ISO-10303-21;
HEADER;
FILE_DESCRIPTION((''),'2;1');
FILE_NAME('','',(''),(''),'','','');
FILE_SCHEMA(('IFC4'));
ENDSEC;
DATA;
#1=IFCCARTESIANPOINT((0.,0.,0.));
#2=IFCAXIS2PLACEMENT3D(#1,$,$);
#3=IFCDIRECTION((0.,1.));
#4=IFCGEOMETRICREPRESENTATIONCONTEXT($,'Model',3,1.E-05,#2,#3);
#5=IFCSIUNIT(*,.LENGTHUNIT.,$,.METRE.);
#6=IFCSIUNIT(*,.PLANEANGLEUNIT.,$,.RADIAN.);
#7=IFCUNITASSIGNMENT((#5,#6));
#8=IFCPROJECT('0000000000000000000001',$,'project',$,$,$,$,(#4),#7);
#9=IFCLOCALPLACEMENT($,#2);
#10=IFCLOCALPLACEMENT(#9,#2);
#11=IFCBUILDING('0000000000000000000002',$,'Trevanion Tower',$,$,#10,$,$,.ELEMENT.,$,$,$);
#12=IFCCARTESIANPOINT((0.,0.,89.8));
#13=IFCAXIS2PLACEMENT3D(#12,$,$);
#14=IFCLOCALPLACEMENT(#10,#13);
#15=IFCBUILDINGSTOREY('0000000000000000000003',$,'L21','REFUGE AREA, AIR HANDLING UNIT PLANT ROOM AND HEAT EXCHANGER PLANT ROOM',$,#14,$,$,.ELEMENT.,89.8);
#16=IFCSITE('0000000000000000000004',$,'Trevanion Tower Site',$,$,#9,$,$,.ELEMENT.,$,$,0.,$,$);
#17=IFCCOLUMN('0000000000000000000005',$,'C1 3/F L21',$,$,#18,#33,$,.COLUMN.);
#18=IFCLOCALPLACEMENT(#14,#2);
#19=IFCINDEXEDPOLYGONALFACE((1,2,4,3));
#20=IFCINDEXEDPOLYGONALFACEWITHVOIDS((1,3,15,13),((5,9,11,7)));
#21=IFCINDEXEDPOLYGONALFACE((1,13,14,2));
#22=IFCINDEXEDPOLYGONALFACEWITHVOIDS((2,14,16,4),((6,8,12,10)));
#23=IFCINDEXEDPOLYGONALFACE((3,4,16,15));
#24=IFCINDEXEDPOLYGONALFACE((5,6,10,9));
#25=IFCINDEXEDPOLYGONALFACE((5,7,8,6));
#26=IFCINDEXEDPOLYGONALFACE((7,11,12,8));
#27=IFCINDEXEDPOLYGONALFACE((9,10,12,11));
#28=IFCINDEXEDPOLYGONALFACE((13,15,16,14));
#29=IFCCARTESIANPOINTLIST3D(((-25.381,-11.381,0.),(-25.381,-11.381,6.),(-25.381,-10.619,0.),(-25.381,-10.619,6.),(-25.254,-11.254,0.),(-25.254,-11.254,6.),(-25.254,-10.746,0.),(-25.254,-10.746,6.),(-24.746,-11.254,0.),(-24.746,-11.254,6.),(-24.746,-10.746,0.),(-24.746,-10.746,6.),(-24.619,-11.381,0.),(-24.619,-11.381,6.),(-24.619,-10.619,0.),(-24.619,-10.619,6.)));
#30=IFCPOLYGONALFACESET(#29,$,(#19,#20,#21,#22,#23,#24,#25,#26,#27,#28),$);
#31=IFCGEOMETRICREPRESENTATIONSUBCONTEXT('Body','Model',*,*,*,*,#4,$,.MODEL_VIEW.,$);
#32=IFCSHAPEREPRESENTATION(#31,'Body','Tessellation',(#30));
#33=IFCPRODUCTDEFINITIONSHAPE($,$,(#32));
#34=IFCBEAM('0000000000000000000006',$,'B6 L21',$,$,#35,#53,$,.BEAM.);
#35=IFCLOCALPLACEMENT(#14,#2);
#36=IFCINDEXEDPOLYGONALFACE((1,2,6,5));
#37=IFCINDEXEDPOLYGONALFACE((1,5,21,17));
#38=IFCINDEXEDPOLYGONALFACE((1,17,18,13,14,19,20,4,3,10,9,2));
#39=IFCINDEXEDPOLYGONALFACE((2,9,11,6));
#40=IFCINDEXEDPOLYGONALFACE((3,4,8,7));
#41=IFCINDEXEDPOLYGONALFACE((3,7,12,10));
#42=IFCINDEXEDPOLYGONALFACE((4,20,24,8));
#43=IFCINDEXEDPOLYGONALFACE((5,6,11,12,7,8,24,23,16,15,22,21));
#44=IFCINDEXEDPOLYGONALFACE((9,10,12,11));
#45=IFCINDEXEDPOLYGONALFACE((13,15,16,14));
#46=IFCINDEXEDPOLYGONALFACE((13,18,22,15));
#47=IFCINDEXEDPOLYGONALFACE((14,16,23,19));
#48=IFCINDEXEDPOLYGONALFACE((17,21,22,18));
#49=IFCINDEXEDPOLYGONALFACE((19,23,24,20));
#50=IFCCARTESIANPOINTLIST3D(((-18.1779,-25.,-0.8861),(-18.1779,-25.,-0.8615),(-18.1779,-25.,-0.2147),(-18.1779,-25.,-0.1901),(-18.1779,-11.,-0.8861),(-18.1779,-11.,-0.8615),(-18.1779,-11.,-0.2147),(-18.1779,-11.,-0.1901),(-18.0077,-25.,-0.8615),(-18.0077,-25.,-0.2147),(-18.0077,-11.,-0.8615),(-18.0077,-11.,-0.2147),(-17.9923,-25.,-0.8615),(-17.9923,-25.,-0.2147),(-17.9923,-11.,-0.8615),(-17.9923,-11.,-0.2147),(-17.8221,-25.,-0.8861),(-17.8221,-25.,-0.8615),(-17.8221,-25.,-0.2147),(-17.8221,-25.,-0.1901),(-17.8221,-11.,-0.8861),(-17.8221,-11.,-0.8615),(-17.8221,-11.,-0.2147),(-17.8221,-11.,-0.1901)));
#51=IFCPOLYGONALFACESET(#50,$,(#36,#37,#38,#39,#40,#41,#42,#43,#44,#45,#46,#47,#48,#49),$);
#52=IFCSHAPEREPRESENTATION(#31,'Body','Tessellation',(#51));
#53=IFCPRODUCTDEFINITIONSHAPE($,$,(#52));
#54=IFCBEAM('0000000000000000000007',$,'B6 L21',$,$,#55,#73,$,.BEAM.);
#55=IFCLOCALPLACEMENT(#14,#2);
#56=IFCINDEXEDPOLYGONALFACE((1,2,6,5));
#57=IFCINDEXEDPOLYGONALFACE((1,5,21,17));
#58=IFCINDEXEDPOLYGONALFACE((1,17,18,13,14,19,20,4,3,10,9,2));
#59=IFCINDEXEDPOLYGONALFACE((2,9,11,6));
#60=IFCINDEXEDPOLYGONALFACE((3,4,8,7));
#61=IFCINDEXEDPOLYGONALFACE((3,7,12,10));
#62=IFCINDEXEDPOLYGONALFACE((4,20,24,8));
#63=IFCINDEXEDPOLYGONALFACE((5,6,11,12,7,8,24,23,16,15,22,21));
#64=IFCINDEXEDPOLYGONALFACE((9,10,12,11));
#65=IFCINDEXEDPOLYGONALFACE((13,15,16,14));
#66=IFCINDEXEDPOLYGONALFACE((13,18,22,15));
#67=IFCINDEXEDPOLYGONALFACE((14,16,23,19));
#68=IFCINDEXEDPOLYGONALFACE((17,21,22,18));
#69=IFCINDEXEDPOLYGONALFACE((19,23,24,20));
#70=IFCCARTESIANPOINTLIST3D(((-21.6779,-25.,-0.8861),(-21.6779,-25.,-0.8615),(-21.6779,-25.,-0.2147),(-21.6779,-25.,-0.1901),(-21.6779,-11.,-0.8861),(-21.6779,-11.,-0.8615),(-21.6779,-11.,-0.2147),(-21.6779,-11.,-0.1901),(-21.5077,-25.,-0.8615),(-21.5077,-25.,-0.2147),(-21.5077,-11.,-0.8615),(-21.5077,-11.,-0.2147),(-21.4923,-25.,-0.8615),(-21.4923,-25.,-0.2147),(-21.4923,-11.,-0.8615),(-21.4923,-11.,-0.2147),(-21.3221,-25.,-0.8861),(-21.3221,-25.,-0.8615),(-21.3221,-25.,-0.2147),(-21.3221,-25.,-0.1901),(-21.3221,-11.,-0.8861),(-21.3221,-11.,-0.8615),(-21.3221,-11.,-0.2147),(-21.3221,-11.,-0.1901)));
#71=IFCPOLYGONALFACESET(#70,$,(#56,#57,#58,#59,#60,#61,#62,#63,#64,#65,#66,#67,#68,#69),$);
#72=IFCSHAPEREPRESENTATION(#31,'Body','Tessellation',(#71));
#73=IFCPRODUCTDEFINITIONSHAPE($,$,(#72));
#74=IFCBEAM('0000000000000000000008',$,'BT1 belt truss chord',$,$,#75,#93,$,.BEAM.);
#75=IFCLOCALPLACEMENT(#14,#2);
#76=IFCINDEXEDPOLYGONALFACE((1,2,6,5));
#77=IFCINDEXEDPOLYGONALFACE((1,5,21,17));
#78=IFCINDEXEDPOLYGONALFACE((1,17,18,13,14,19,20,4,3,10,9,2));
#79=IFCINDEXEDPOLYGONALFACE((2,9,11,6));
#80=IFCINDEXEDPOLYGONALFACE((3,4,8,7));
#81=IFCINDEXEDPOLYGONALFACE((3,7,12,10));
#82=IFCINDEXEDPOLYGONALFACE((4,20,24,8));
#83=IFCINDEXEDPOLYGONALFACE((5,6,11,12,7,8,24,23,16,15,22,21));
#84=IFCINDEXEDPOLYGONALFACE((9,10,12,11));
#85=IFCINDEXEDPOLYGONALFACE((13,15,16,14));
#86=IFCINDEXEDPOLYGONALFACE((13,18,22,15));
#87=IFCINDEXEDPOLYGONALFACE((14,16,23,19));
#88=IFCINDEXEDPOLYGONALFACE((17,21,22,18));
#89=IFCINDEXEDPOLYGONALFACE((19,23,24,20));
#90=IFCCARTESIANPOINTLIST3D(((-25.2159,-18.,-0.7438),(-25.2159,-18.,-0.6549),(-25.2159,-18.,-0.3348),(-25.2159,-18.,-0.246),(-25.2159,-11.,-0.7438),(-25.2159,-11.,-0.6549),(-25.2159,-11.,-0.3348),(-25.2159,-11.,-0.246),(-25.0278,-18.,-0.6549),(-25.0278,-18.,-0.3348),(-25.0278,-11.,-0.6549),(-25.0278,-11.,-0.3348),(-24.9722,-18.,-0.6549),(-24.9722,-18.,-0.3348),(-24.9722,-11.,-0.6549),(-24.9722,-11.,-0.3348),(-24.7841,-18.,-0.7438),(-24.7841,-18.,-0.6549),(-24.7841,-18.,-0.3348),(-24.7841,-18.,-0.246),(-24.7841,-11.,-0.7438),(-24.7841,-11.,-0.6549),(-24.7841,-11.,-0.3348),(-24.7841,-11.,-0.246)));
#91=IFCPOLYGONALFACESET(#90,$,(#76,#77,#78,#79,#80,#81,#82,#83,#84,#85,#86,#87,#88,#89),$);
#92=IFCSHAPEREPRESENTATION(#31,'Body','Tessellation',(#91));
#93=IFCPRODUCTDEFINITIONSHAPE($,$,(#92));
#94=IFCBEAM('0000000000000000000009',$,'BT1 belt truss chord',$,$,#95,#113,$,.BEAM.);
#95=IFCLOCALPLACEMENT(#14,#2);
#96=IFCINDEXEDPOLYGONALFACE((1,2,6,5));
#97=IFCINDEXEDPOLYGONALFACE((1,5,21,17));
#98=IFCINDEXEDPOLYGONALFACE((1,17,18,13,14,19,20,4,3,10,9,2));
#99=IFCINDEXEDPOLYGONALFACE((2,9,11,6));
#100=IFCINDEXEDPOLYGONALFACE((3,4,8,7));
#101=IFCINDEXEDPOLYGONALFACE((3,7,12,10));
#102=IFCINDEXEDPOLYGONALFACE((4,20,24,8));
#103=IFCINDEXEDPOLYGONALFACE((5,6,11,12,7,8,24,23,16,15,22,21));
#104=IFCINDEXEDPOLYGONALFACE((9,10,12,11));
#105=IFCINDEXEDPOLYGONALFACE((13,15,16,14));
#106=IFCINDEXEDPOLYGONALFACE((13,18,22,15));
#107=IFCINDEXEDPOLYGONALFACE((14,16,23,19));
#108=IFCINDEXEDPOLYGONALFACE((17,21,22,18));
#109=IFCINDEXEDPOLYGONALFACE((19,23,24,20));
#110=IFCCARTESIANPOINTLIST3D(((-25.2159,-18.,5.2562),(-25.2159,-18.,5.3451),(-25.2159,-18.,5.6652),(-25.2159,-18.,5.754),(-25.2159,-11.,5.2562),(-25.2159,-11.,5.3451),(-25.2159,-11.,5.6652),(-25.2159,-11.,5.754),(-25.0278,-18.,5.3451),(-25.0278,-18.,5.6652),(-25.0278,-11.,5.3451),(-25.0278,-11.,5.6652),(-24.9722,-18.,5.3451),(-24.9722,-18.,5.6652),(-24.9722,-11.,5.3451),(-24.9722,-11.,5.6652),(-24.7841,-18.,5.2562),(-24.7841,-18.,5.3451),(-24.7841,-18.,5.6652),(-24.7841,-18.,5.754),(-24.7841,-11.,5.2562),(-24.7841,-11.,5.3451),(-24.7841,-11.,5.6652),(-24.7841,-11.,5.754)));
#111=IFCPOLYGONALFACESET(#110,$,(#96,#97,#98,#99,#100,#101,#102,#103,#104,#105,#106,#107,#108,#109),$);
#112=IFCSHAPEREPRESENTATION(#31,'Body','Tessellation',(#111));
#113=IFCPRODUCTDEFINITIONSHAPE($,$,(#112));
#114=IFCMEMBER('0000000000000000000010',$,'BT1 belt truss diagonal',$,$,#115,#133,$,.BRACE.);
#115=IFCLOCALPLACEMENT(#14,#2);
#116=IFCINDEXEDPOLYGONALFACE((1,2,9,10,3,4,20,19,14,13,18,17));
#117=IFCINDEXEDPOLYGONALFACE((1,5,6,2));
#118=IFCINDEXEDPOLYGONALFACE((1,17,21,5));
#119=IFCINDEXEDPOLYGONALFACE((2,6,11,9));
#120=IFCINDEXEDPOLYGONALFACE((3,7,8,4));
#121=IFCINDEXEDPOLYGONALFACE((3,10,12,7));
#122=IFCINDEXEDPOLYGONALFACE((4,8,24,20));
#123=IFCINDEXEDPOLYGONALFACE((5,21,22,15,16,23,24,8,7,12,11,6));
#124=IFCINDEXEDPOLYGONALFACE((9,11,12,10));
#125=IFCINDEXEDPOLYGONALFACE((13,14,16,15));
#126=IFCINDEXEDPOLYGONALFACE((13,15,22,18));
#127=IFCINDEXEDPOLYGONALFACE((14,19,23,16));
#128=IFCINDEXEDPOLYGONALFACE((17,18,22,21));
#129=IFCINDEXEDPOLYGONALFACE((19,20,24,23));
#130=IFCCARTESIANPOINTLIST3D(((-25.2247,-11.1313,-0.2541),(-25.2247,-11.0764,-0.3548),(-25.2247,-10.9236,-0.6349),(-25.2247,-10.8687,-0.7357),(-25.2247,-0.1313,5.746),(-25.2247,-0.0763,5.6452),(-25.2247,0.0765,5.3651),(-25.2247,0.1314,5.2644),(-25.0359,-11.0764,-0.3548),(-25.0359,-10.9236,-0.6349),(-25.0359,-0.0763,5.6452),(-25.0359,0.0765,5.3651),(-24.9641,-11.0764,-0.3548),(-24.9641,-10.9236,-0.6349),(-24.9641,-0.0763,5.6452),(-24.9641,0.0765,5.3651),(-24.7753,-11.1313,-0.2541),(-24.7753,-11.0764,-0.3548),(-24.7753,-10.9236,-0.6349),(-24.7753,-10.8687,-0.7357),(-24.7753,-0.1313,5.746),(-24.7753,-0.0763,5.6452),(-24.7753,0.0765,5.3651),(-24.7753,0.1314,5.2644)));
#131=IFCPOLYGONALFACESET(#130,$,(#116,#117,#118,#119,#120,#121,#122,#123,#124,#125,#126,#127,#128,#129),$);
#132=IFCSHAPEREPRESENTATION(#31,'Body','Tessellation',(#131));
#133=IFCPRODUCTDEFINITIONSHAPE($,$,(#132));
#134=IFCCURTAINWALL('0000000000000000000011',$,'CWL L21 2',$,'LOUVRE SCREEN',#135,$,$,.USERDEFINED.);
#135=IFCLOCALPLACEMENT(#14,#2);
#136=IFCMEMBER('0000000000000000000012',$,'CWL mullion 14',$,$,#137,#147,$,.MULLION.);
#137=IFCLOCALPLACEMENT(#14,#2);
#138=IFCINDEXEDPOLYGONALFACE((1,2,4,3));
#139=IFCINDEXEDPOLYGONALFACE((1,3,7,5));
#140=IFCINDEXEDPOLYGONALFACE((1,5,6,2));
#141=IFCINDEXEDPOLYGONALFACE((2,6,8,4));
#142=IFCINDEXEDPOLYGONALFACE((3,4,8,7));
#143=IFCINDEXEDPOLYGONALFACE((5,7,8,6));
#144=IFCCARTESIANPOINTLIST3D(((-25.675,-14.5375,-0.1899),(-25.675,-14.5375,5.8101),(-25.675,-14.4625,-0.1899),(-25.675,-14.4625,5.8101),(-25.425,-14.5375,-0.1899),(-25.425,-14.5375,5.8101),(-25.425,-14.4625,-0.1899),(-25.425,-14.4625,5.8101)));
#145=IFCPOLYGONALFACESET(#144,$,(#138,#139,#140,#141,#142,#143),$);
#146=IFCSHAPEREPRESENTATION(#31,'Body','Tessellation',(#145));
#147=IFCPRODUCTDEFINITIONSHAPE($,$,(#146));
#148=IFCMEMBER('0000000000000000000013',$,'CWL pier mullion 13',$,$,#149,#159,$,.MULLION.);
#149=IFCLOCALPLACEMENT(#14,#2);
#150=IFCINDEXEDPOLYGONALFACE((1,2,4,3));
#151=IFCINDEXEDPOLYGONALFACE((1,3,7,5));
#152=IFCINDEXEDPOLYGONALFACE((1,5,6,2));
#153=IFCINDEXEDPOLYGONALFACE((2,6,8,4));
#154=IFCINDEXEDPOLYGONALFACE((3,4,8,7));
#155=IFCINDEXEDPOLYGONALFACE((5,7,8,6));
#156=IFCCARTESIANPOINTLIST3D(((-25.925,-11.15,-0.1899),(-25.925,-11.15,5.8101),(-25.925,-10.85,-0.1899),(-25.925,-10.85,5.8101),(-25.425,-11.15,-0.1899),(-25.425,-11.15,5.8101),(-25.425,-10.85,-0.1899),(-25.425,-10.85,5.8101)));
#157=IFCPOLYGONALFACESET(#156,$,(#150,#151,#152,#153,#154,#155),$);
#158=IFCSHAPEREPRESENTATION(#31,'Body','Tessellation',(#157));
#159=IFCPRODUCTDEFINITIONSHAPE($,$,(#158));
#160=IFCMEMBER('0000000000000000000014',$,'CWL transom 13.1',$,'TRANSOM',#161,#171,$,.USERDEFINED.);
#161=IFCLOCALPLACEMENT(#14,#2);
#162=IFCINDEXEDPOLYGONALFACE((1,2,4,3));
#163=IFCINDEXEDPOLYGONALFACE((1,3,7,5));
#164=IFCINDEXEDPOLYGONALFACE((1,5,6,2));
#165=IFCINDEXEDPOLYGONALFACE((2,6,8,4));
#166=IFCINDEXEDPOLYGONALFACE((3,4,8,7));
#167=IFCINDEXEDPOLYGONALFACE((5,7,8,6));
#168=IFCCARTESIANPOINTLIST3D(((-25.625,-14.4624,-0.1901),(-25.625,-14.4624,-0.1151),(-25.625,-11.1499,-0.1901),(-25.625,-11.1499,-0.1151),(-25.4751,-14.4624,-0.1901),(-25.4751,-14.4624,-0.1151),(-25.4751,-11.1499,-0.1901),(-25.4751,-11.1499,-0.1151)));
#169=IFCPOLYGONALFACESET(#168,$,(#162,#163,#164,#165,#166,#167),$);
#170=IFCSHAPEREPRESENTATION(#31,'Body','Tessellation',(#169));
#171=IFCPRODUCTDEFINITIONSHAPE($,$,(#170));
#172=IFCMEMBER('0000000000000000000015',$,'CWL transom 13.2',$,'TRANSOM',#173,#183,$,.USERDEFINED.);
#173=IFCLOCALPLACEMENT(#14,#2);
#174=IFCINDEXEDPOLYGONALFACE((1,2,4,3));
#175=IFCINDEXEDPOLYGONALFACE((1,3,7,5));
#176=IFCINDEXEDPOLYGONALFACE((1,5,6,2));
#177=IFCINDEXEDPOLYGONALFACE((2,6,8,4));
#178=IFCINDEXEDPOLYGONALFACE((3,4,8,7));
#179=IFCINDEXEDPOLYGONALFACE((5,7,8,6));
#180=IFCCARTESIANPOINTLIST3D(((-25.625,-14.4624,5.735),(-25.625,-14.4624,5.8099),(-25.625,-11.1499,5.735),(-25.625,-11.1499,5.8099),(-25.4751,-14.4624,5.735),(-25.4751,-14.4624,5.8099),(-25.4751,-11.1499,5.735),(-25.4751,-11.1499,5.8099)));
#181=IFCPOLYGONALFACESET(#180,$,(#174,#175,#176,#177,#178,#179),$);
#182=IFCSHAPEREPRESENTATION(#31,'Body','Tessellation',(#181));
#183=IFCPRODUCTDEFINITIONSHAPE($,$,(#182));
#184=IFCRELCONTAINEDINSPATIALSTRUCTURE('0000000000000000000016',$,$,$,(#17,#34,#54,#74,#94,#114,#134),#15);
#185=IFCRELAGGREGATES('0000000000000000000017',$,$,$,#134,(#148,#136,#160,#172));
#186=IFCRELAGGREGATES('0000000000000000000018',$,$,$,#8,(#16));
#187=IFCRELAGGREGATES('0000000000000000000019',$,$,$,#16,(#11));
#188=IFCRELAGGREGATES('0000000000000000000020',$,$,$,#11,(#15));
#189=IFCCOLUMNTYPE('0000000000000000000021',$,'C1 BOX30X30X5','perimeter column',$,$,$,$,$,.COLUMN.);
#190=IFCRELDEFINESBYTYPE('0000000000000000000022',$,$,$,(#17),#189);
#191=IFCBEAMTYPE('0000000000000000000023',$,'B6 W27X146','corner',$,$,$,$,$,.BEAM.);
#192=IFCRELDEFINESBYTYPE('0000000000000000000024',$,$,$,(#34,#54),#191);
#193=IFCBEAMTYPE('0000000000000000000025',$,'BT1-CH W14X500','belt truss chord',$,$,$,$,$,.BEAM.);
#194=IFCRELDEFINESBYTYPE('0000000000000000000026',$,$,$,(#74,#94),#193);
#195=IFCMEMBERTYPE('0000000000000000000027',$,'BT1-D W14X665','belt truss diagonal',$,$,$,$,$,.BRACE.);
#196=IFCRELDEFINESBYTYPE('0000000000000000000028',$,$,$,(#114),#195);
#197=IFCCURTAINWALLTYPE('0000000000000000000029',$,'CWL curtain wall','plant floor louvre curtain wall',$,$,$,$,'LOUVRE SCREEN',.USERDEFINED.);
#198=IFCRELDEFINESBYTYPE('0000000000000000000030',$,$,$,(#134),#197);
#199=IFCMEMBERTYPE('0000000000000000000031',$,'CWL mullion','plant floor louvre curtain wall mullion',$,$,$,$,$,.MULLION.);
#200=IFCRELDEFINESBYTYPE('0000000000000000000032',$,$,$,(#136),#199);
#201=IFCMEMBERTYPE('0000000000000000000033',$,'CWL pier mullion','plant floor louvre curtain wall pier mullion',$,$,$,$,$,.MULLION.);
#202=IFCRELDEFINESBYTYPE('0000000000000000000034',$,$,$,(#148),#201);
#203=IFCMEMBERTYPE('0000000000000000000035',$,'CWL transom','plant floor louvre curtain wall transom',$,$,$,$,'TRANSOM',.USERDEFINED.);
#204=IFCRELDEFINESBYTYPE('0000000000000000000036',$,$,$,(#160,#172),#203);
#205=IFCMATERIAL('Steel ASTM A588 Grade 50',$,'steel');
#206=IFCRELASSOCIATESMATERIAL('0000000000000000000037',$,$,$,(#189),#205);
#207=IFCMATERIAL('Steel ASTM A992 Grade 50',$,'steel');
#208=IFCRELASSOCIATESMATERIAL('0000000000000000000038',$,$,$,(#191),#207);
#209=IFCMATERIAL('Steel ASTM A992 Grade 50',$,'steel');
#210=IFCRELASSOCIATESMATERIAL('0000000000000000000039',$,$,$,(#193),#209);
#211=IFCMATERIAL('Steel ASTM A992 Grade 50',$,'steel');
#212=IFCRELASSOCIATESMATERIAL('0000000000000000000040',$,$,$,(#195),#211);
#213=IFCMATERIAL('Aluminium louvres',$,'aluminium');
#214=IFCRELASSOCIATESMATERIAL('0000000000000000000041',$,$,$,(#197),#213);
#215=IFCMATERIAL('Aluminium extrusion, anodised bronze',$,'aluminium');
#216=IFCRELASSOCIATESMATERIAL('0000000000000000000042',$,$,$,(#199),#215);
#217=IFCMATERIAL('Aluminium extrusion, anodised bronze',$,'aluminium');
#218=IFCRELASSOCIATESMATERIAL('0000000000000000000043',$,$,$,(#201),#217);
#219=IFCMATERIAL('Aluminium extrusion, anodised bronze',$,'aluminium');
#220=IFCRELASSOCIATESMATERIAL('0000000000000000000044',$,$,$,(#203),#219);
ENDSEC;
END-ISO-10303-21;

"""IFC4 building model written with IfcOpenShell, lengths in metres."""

from ifc_helpers import new_model, si_unit, direction, frame, origin, origin_2d, place, context, subcontext, project, spatial, rectangle, hollow_rectangle, i_section, extrude, material, material_profile, profile_set, type_object, element, aggregate, save


model = new_model("IFC4")

# Units and contexts
model_context = context("Model", 3, precision=1e-05, world=origin(), true_north=direction((0.0, 1.0)))
body_context = subcontext(model_context, "Body", "Model", "MODEL_VIEW")
ifc_project = project(units=[si_unit("LENGTHUNIT", "METRE"), si_unit("PLANEANGLEUNIT", "RADIAN")], contexts=[model_context])

# Site, building, storey
site_placement = place(None, origin())
site = spatial("IfcSite", under=ifc_project, at=site_placement, Name="Trevanion Tower Site", CompositionType="ELEMENT", RefElevation=0.0)
building_placement = place(site_placement, origin())
building = spatial("IfcBuilding", under=site, at=building_placement, Name="Trevanion Tower", CompositionType="ELEMENT")
storey_placement = place(building_placement, frame((0.0, 0.0, 89.8)))
storey = spatial("IfcBuildingStorey", under=building, at=storey_placement, Name="L21", Description="REFUGE AREA, AIR HANDLING UNIT PLANT ROOM AND HEAT EXCHANGER PLANT ROOM", CompositionType="ELEMENT", Elevation=89.8)

# Column
ifc_material_1 = material(Name="Steel ASTM A588 Grade 50", Category="steel")
ifc_material_profile_1 = material_profile(ifc_material_1, hollow_rectangle(XDim=0.762, YDim=0.762, WallThickness=0.127, at=origin_2d()), Name="BOX30X30X5")
ifc_profile_set_1 = profile_set([ifc_material_profile_1], Name="Steel ASTM A588 Grade 50")
column_type = type_object("IfcColumnType", Name="C1 BOX30X30X5", Description="perimeter column", PredefinedType="COLUMN", material=ifc_profile_set_1)
column_placement = place(storey_placement, frame((-25.0, -11.0, 0.0), z_axis=(0.0, 0.0, 1.0), x_axis=(0.0, 1.0, 0.0)))
element("IfcColumn", 1, at=column_placement, inside=storey, type_object=column_type, Name="C1 3/F L21", PredefinedType="COLUMN", context=body_context, shape_type="SweptSolid", body=[
    extrude(hollow_rectangle(XDim=0.762, YDim=0.762, WallThickness=0.127, at=origin_2d()), origin(), (0.0, 0.0, 1.0), 6.0),
])

# Beams
ifc_material_2 = material(Name="Steel ASTM A992 Grade 50", Category="steel")
ifc_material_profile_2 = material_profile(ifc_material_2, i_section(OverallWidth=0.3557, OverallDepth=0.696, WebThickness=0.0154, FlangeThickness=0.0247, at=origin_2d()), Name="W27X146")
ifc_profile_set_2 = profile_set([ifc_material_profile_2], Name="Steel ASTM A992 Grade 50")
beam_type_1 = type_object("IfcBeamType", Name="B6 W27X146", Description="corner", PredefinedType="BEAM", material=ifc_profile_set_2)
for number, where, z_axis, x_axis, name in (
    (2, (-18.0, -11.0, -0.5381), (0.0, -1.0, 0.0), (1.0, 0.0, 0.0), "B6 L21"),
    (3, (-21.5, -11.0, -0.5381), (0.0, -1.0, 0.0), (1.0, 0.0, 0.0), "B6 L21"),
):
    element("IfcBeam", number, at=place(storey_placement, frame(where, z_axis=z_axis, x_axis=x_axis)), inside=storey, type_object=beam_type_1, Name=name, PredefinedType="BEAM", context=body_context, shape_type="SweptSolid", body=[
        extrude(i_section(OverallWidth=0.3557, OverallDepth=0.696, WebThickness=0.0154, FlangeThickness=0.0247, at=origin_2d()), origin(), (0.0, 0.0, 1.0), 14.0),
    ])
ifc_material_3 = material(Name="Steel ASTM A992 Grade 50", Category="steel")
ifc_material_profile_3 = material_profile(ifc_material_3, i_section(OverallWidth=0.4319, OverallDepth=0.4978, WebThickness=0.0557, FlangeThickness=0.0889, at=origin_2d()), Name="W14X500")
ifc_profile_set_3 = profile_set([ifc_material_profile_3], Name="Steel ASTM A992 Grade 50")
beam_type_2 = type_object("IfcBeamType", Name="BT1-CH W14X500", Description="belt truss chord", PredefinedType="BEAM", material=ifc_profile_set_3)
for number, where, z_axis, x_axis, name in (
    (4, (-25.0, -11.0, -0.4949), (0.0, -1.0, 0.0), (1.0, 0.0, 0.0), "BT1 belt truss chord"),
    (5, (-25.0, -11.0, 5.5051), (0.0, -1.0, 0.0), (1.0, 0.0, 0.0), "BT1 belt truss chord"),
):
    element("IfcBeam", number, at=place(storey_placement, frame(where, z_axis=z_axis, x_axis=x_axis)), inside=storey, type_object=beam_type_2, Name=name, PredefinedType="BEAM", context=body_context, shape_type="SweptSolid", body=[
        extrude(i_section(OverallWidth=0.4319, OverallDepth=0.4978, WebThickness=0.0557, FlangeThickness=0.0889, at=origin_2d()), origin(), (0.0, 0.0, 1.0), 7.0),
    ])

# Member
ifc_material_4 = material(Name="Steel ASTM A992 Grade 50", Category="steel")
ifc_material_profile_4 = material_profile(ifc_material_4, i_section(OverallWidth=0.4495, OverallDepth=0.5486, WebThickness=0.0718, FlangeThickness=0.1147, at=origin_2d()), Name="W14X665")
ifc_profile_set_4 = profile_set([ifc_material_profile_4], Name="Steel ASTM A992 Grade 50")
member_type_1 = type_object("IfcMemberType", Name="BT1-D W14X665", Description="belt truss diagonal", PredefinedType="BRACE", material=ifc_profile_set_4)
member_1_placement = place(storey_placement, frame((-25.0, -11.0, -0.4949), z_axis=(0.0, 0.877896, 0.478852), x_axis=(-1.0, 0.0, 0.0)))
element("IfcMember", 6, at=member_1_placement, inside=storey, type_object=member_type_1, Name="BT1 belt truss diagonal", PredefinedType="BRACE", context=body_context, shape_type="SweptSolid", body=[
    extrude(i_section(OverallWidth=0.4495, OverallDepth=0.5486, WebThickness=0.0718, FlangeThickness=0.1147, at=origin_2d()), origin(), (0.0, 0.0, 1.0), 12.53),
])

# Curtain wall, members
ifc_material_5 = material(Name="Aluminium louvres", Category="aluminium")
curtain_wall_type = type_object("IfcCurtainWallType", Name="CWL curtain wall", Description="plant floor louvre curtain wall", ElementType="LOUVRE SCREEN", PredefinedType="USERDEFINED", material=ifc_material_5)
curtain_wall_placement = place(storey_placement, origin())
curtain_wall = element("IfcCurtainWall", 7, at=curtain_wall_placement, inside=storey, type_object=curtain_wall_type, Name="CWL L21 2", ObjectType="LOUVRE SCREEN", PredefinedType="USERDEFINED")
ifc_material_6 = material(Name="Aluminium extrusion, anodised bronze", Category="aluminium")
ifc_material_profile_5 = material_profile(ifc_material_6, rectangle(XDim=0.075, YDim=0.25, at=origin_2d()), Name="CWL mullion")
ifc_profile_set_5 = profile_set([ifc_material_profile_5], Name="Aluminium extrusion, anodised bronze")
member_type_2 = type_object("IfcMemberType", Name="CWL mullion", Description="plant floor louvre curtain wall mullion", PredefinedType="MULLION", material=ifc_profile_set_5)
member_2_placement = place(storey_placement, frame((-25.55, -14.5, -0.1899), z_axis=(0.0, 0.0, 1.0), x_axis=(0.0, -1.0, 0.0)))
member_2 = element("IfcMember", 8, at=member_2_placement, type_object=member_type_2, Name="CWL mullion 14", PredefinedType="MULLION", context=body_context, shape_type="SweptSolid", body=[
    extrude(rectangle(XDim=0.075, YDim=0.25, at=origin_2d()), origin(), (0.0, 0.0, 1.0), 6.0),
])
ifc_material_7 = material(Name="Aluminium extrusion, anodised bronze", Category="aluminium")
ifc_material_profile_6 = material_profile(ifc_material_7, rectangle(XDim=0.3, YDim=0.5, at=origin_2d()), Name="CWL pier mullion")
ifc_profile_set_6 = profile_set([ifc_material_profile_6], Name="Aluminium extrusion, anodised bronze")
member_type_3 = type_object("IfcMemberType", Name="CWL pier mullion", Description="plant floor louvre curtain wall pier mullion", PredefinedType="MULLION", material=ifc_profile_set_6)
member_3_placement = place(storey_placement, frame((-25.675, -11.0, -0.1899), z_axis=(0.0, 0.0, 1.0), x_axis=(0.0, -1.0, 0.0)))
member_3 = element("IfcMember", 9, at=member_3_placement, type_object=member_type_3, Name="CWL pier mullion 13", PredefinedType="MULLION", context=body_context, shape_type="SweptSolid", body=[
    extrude(rectangle(XDim=0.3, YDim=0.5, at=origin_2d()), origin(), (0.0, 0.0, 1.0), 6.0),
])
ifc_material_8 = material(Name="Aluminium extrusion, anodised bronze", Category="aluminium")
ifc_material_profile_7 = material_profile(ifc_material_8, rectangle(XDim=0.1499, YDim=0.075, at=origin_2d()), Name="CWL transom")
ifc_profile_set_7 = profile_set([ifc_material_profile_7], Name="Aluminium extrusion, anodised bronze")
member_type_4 = type_object("IfcMemberType", Name="CWL transom", Description="plant floor louvre curtain wall transom", ElementType="TRANSOM", PredefinedType="USERDEFINED", material=ifc_profile_set_7)
member_4_placement = place(storey_placement, frame((-25.55, -11.1499, -0.1526), z_axis=(0.0, -1.0, 0.0), x_axis=(1.0, 0.0, 0.0)))
member_4 = element("IfcMember", 10, at=member_4_placement, type_object=member_type_4, Name="CWL transom 13.1", ObjectType="TRANSOM", PredefinedType="USERDEFINED", context=body_context, shape_type="SweptSolid", body=[
    extrude(rectangle(XDim=0.1499, YDim=0.075, at=origin_2d()), origin(), (0.0, 0.0, 1.0), 3.3125),
])
member_5_placement = place(storey_placement, frame((-25.55, -11.1499, 5.7725), z_axis=(0.0, -1.0, 0.0), x_axis=(1.0, 0.0, 0.0)))
member_5 = element("IfcMember", 11, at=member_5_placement, type_object=member_type_4, Name="CWL transom 13.2", ObjectType="TRANSOM", PredefinedType="USERDEFINED", context=body_context, shape_type="SweptSolid", body=[
    extrude(rectangle(XDim=0.1499, YDim=0.075, at=origin_2d()), origin(), (0.0, 0.0, 1.0), 3.3125),
])

aggregate(curtain_wall, [member_3, member_2, member_4, member_5])

save(model, "model.ifc")
